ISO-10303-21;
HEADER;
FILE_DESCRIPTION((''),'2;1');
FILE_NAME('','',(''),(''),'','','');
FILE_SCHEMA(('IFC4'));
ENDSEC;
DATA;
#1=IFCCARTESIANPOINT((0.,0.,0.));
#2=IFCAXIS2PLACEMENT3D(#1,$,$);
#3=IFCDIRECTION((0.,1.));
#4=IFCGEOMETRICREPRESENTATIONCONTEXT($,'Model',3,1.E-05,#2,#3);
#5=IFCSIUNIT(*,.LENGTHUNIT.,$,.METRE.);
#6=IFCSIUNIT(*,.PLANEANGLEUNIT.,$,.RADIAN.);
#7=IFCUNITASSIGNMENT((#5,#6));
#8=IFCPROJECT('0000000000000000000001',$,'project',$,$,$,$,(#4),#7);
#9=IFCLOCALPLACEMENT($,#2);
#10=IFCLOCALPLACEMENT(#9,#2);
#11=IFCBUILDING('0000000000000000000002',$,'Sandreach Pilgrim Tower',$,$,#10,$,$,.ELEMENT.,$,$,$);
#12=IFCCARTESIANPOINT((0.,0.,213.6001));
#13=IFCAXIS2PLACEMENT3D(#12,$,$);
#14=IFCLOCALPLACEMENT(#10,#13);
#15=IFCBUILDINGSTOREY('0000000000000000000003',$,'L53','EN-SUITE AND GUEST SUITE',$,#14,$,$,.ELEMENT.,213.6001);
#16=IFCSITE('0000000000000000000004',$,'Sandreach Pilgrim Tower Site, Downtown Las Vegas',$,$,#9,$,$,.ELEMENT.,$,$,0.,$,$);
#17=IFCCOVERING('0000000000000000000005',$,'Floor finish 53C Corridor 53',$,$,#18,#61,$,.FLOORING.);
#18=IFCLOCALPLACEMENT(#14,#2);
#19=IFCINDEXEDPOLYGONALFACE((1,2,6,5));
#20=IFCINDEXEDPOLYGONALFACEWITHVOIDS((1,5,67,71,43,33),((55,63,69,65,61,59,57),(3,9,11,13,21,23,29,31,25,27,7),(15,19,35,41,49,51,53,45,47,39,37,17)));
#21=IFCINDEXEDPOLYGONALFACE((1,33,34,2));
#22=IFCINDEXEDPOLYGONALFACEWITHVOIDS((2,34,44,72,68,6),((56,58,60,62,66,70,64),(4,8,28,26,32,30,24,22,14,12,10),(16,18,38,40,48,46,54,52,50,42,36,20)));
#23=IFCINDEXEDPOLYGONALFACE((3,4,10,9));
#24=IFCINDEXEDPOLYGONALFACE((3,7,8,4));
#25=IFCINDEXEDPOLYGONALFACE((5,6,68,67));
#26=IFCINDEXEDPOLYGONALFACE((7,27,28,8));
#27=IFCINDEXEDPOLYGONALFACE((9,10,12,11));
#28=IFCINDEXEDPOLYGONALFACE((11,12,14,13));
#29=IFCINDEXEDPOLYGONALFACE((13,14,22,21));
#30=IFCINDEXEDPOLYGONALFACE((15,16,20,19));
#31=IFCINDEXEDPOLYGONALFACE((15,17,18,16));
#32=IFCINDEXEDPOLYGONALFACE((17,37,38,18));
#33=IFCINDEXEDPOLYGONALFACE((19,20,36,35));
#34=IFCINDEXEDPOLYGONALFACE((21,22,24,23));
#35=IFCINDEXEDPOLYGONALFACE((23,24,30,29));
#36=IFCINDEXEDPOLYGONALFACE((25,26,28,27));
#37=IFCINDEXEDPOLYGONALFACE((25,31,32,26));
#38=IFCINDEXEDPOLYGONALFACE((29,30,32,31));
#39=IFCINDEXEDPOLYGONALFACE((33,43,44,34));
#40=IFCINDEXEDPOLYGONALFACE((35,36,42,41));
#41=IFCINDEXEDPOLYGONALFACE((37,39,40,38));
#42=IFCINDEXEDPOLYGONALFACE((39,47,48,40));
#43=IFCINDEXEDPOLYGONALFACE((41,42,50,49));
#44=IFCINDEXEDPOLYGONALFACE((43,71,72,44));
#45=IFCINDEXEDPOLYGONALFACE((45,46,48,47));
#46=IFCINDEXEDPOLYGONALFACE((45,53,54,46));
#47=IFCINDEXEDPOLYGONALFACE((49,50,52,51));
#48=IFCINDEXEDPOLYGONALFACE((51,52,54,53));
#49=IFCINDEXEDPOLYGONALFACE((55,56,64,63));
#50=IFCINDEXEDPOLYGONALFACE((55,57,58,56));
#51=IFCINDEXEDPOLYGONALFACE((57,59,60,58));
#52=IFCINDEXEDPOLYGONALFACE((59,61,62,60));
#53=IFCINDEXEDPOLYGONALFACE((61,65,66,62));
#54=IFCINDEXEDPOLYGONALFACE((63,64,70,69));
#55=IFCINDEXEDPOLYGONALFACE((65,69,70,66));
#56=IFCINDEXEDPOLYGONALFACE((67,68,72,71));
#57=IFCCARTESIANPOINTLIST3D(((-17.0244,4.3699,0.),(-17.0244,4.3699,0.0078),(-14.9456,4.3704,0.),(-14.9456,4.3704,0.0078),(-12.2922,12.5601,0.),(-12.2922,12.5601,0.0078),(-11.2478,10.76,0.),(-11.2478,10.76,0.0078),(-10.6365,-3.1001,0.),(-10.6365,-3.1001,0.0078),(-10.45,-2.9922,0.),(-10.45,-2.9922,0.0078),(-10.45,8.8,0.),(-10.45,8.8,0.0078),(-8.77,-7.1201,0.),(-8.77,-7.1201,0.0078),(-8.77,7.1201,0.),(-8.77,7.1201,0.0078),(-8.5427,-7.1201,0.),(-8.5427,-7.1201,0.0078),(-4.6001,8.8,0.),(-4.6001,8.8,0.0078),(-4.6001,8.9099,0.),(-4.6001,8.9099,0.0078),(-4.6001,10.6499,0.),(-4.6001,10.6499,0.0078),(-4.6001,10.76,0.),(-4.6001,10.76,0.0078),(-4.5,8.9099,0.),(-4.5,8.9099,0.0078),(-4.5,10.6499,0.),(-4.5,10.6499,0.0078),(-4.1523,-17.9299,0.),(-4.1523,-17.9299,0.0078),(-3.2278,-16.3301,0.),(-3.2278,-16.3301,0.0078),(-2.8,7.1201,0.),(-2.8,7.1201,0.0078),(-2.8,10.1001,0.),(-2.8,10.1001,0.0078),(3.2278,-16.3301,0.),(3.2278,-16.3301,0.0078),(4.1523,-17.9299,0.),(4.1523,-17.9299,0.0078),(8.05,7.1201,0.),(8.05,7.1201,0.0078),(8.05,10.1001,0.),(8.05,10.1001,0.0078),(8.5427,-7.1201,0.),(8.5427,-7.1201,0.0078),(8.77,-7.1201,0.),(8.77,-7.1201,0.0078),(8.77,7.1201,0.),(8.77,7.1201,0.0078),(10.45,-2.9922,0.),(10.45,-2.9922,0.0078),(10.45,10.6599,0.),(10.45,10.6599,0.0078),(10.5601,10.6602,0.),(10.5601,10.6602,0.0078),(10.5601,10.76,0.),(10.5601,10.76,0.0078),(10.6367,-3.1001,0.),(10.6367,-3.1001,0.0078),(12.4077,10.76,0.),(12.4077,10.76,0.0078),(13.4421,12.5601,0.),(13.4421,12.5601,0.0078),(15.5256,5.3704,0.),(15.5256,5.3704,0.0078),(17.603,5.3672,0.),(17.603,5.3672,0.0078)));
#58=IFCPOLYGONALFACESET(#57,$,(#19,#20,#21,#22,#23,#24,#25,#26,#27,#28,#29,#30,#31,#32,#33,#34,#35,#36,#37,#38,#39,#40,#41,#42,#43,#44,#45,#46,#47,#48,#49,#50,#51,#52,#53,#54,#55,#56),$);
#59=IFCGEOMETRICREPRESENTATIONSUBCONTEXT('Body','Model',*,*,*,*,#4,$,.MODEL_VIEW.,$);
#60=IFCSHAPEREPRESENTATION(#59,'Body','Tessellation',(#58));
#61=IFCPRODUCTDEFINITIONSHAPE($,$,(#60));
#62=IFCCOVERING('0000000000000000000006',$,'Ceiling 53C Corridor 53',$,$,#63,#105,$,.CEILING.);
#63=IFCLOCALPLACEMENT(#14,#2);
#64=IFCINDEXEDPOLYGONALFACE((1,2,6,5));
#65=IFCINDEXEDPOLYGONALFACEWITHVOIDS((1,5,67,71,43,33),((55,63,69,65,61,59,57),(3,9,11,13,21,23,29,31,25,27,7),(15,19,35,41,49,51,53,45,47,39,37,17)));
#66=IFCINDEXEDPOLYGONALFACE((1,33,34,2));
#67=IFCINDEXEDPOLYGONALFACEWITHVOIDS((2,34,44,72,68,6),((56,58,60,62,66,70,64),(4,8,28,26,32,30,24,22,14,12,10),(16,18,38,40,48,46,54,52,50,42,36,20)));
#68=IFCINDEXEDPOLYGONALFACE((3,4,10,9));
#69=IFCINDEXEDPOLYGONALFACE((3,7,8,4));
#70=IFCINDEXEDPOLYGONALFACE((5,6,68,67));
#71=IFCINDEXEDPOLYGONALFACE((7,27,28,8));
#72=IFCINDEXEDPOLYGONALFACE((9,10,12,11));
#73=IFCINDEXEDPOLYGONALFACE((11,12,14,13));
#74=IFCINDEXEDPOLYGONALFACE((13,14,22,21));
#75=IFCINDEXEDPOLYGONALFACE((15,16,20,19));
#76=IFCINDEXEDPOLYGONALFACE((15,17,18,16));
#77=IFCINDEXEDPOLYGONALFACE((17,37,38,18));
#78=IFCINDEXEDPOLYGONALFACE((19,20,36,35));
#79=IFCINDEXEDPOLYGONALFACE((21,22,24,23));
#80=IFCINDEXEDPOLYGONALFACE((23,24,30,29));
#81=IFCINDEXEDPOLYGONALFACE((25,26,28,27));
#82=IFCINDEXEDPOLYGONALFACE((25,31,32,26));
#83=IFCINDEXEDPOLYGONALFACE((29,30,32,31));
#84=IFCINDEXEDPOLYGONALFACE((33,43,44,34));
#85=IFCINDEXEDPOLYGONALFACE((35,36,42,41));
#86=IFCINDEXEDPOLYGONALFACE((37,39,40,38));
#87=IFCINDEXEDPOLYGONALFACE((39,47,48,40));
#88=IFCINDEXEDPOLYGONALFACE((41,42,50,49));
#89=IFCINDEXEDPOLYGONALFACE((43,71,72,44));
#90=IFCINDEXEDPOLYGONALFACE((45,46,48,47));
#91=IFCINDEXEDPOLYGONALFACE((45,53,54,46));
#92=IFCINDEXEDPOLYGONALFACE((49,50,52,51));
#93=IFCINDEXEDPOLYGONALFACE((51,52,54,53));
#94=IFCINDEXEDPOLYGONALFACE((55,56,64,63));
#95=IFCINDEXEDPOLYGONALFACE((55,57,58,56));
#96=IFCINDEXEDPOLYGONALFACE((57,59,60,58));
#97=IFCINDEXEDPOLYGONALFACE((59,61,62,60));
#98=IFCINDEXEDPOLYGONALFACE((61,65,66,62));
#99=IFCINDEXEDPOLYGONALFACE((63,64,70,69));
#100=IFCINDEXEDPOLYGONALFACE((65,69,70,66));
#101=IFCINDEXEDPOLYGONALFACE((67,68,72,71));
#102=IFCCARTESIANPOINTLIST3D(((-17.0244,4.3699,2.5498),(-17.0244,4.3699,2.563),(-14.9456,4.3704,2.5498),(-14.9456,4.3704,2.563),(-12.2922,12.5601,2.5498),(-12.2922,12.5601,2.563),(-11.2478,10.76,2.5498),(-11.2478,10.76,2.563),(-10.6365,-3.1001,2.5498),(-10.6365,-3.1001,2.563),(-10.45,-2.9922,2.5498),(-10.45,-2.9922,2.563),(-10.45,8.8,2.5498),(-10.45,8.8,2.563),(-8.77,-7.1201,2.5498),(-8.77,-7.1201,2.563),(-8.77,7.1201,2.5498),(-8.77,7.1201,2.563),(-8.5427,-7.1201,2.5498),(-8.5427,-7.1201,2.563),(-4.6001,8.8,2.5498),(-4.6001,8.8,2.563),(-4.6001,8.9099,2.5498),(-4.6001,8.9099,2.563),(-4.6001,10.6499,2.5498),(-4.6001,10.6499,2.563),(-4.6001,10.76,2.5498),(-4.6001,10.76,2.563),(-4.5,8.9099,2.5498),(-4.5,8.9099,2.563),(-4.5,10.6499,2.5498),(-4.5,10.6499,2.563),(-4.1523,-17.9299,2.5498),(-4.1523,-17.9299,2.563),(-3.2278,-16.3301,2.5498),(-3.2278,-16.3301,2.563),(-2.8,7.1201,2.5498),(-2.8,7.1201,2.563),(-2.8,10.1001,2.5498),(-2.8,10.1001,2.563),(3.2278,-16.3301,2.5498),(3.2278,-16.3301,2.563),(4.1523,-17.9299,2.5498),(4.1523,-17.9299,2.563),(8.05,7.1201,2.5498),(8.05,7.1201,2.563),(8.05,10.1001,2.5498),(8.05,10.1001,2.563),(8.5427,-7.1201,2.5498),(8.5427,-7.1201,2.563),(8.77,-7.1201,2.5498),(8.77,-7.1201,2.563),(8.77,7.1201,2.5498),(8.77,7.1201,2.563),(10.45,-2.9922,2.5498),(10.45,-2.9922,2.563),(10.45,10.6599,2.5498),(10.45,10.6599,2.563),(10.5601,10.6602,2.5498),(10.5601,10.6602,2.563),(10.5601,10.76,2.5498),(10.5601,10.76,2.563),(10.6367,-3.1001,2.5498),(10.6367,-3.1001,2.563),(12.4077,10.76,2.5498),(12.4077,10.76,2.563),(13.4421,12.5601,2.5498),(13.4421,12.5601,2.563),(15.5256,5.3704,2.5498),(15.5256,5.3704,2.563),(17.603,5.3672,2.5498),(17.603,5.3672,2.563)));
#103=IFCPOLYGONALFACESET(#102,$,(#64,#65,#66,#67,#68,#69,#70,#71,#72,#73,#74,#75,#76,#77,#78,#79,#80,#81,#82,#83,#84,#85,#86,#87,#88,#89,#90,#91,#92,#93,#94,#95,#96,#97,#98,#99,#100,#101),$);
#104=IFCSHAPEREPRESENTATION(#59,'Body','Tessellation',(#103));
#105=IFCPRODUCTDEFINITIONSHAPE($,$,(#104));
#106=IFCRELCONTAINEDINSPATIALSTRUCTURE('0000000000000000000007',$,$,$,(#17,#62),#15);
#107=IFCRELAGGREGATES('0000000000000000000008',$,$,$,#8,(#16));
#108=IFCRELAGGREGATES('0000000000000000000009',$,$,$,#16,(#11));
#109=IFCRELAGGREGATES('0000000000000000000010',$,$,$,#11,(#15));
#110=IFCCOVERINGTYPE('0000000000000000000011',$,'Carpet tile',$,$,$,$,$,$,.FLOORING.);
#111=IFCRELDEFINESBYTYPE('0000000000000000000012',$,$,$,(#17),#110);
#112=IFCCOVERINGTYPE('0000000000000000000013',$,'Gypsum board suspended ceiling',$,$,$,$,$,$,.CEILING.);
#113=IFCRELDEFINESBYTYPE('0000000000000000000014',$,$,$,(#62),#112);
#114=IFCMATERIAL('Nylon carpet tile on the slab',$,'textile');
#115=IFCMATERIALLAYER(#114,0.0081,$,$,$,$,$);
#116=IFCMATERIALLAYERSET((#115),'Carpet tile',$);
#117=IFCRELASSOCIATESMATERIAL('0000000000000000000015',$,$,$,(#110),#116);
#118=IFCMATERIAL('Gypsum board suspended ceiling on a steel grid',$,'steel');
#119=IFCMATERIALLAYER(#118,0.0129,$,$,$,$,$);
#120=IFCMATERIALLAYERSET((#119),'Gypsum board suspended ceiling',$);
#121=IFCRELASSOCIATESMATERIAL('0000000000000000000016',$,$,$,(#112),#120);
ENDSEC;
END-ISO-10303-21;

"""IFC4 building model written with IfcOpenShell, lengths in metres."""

from ifc_helpers import new_model, si_unit, direction, frame, origin, place, context, subcontext, project, spatial, polyline, outline, extrude, material, layer, layer_set, type_object, element, save


model = new_model("IFC4")

# Units and contexts
model_context = context("Model", 3, precision=1e-05, world=origin(), true_north=direction((0.0, 1.0)))
body_context = subcontext(model_context, "Body", "Model", "MODEL_VIEW")
ifc_project = project(units=[si_unit("LENGTHUNIT", "METRE"), si_unit("PLANEANGLEUNIT", "RADIAN")], contexts=[model_context])

# Site, building, storey
site_placement = place(None, origin())
site = spatial("IfcSite", under=ifc_project, at=site_placement, Name="Sandreach Pilgrim Tower Site, Downtown Las Vegas", CompositionType="ELEMENT", RefElevation=0.0)
building_placement = place(site_placement, origin())
building = spatial("IfcBuilding", under=site, at=building_placement, Name="Sandreach Pilgrim Tower", CompositionType="ELEMENT")
storey_placement = place(building_placement, frame((0.0, 0.0, 213.6001)))
storey = spatial("IfcBuildingStorey", under=building, at=storey_placement, Name="L53", Description="EN-SUITE AND GUEST SUITE", CompositionType="ELEMENT", Elevation=213.6001)

# Coverings
ifc_material_1 = material(Name="Nylon carpet tile on the slab", Category="textile")
ifc_layer_1 = layer(ifc_material_1, 0.0081)
ifc_layer_set_1 = layer_set([ifc_layer_1], Name="Carpet tile")
covering_type_1 = type_object("IfcCoveringType", Name="Carpet tile", PredefinedType="FLOORING", material=ifc_layer_set_1)
covering_1_placement = place(storey_placement, origin())
element("IfcCovering", 1, at=covering_1_placement, inside=storey, type_object=covering_type_1, Name="Floor finish 53C Corridor 53", PredefinedType="FLOORING", context=body_context, shape_type="SweptSolid", body=[
    extrude(outline(polyline([(-17.0244, 4.3699), (-12.2922, 12.5601), (13.4421, 12.5601), (17.603, 5.3672), (4.1523, -17.9299), (-4.1523, -17.9299), (-17.0244, 4.3699)]), holes=[polyline([(10.45, 10.6599), (10.45, -2.9922), (10.6367, -3.1001), (15.5256, 5.3704), (12.4077, 10.76), (10.5601, 10.76), (10.5601, 10.6602), (10.45, 10.6599)]), polyline([(-3.2278, -16.3301), (3.2278, -16.3301), (8.5427, -7.1201), (8.77, -7.1201), (8.77, 7.1201), (8.05, 7.1201), (8.05, 10.1001), (-2.8, 10.1001), (-2.8, 7.1201), (-8.77, 7.1201), (-8.77, -7.1201), (-8.5427, -7.1201), (-3.2278, -16.3301)]), polyline([(-14.9456, 4.3704), (-10.6365, -3.1001), (-10.45, -2.9922), (-10.45, 8.8), (-4.6001, 8.8), (-4.6001, 8.9099), (-4.5, 8.9099), (-4.5, 10.6499), (-4.6001, 10.6499), (-4.6001, 10.76), (-11.2478, 10.76), (-14.9456, 4.3704)])]), origin(), (0.0, 0.0, 1.0), 0.0078),
])
ifc_material_2 = material(Name="Gypsum board suspended ceiling on a steel grid", Category="steel")
ifc_layer_2 = layer(ifc_material_2, 0.0129)
ifc_layer_set_2 = layer_set([ifc_layer_2], Name="Gypsum board suspended ceiling")
covering_type_2 = type_object("IfcCoveringType", Name="Gypsum board suspended ceiling", PredefinedType="CEILING", material=ifc_layer_set_2)
covering_2_placement = place(storey_placement, frame((0.0, 0.0, 2.5498)))
element("IfcCovering", 2, at=covering_2_placement, inside=storey, type_object=covering_type_2, Name="Ceiling 53C Corridor 53", PredefinedType="CEILING", context=body_context, shape_type="SweptSolid", body=[
    extrude(outline(polyline([(-17.0244, 4.3699), (-12.2922, 12.5601), (13.4421, 12.5601), (17.603, 5.3672), (4.1523, -17.9299), (-4.1523, -17.9299), (-17.0244, 4.3699)]), holes=[polyline([(10.45, 10.6599), (10.45, -2.9922), (10.6367, -3.1001), (15.5256, 5.3704), (12.4077, 10.76), (10.5601, 10.76), (10.5601, 10.6602), (10.45, 10.6599)]), polyline([(-3.2278, -16.3301), (3.2278, -16.3301), (8.5427, -7.1201), (8.77, -7.1201), (8.77, 7.1201), (8.05, 7.1201), (8.05, 10.1001), (-2.8, 10.1001), (-2.8, 7.1201), (-8.77, 7.1201), (-8.77, -7.1201), (-8.5427, -7.1201), (-3.2278, -16.3301)]), polyline([(-14.9456, 4.3704), (-10.6365, -3.1001), (-10.45, -2.9922), (-10.45, 8.8), (-4.6001, 8.8), (-4.6001, 8.9099), (-4.5, 8.9099), (-4.5, 10.6499), (-4.6001, 10.6499), (-4.6001, 10.76), (-11.2478, 10.76), (-14.9456, 4.3704)])]), origin(), (0.0, 0.0, 1.0), 0.0132),
])

save(model, "model.ifc")
